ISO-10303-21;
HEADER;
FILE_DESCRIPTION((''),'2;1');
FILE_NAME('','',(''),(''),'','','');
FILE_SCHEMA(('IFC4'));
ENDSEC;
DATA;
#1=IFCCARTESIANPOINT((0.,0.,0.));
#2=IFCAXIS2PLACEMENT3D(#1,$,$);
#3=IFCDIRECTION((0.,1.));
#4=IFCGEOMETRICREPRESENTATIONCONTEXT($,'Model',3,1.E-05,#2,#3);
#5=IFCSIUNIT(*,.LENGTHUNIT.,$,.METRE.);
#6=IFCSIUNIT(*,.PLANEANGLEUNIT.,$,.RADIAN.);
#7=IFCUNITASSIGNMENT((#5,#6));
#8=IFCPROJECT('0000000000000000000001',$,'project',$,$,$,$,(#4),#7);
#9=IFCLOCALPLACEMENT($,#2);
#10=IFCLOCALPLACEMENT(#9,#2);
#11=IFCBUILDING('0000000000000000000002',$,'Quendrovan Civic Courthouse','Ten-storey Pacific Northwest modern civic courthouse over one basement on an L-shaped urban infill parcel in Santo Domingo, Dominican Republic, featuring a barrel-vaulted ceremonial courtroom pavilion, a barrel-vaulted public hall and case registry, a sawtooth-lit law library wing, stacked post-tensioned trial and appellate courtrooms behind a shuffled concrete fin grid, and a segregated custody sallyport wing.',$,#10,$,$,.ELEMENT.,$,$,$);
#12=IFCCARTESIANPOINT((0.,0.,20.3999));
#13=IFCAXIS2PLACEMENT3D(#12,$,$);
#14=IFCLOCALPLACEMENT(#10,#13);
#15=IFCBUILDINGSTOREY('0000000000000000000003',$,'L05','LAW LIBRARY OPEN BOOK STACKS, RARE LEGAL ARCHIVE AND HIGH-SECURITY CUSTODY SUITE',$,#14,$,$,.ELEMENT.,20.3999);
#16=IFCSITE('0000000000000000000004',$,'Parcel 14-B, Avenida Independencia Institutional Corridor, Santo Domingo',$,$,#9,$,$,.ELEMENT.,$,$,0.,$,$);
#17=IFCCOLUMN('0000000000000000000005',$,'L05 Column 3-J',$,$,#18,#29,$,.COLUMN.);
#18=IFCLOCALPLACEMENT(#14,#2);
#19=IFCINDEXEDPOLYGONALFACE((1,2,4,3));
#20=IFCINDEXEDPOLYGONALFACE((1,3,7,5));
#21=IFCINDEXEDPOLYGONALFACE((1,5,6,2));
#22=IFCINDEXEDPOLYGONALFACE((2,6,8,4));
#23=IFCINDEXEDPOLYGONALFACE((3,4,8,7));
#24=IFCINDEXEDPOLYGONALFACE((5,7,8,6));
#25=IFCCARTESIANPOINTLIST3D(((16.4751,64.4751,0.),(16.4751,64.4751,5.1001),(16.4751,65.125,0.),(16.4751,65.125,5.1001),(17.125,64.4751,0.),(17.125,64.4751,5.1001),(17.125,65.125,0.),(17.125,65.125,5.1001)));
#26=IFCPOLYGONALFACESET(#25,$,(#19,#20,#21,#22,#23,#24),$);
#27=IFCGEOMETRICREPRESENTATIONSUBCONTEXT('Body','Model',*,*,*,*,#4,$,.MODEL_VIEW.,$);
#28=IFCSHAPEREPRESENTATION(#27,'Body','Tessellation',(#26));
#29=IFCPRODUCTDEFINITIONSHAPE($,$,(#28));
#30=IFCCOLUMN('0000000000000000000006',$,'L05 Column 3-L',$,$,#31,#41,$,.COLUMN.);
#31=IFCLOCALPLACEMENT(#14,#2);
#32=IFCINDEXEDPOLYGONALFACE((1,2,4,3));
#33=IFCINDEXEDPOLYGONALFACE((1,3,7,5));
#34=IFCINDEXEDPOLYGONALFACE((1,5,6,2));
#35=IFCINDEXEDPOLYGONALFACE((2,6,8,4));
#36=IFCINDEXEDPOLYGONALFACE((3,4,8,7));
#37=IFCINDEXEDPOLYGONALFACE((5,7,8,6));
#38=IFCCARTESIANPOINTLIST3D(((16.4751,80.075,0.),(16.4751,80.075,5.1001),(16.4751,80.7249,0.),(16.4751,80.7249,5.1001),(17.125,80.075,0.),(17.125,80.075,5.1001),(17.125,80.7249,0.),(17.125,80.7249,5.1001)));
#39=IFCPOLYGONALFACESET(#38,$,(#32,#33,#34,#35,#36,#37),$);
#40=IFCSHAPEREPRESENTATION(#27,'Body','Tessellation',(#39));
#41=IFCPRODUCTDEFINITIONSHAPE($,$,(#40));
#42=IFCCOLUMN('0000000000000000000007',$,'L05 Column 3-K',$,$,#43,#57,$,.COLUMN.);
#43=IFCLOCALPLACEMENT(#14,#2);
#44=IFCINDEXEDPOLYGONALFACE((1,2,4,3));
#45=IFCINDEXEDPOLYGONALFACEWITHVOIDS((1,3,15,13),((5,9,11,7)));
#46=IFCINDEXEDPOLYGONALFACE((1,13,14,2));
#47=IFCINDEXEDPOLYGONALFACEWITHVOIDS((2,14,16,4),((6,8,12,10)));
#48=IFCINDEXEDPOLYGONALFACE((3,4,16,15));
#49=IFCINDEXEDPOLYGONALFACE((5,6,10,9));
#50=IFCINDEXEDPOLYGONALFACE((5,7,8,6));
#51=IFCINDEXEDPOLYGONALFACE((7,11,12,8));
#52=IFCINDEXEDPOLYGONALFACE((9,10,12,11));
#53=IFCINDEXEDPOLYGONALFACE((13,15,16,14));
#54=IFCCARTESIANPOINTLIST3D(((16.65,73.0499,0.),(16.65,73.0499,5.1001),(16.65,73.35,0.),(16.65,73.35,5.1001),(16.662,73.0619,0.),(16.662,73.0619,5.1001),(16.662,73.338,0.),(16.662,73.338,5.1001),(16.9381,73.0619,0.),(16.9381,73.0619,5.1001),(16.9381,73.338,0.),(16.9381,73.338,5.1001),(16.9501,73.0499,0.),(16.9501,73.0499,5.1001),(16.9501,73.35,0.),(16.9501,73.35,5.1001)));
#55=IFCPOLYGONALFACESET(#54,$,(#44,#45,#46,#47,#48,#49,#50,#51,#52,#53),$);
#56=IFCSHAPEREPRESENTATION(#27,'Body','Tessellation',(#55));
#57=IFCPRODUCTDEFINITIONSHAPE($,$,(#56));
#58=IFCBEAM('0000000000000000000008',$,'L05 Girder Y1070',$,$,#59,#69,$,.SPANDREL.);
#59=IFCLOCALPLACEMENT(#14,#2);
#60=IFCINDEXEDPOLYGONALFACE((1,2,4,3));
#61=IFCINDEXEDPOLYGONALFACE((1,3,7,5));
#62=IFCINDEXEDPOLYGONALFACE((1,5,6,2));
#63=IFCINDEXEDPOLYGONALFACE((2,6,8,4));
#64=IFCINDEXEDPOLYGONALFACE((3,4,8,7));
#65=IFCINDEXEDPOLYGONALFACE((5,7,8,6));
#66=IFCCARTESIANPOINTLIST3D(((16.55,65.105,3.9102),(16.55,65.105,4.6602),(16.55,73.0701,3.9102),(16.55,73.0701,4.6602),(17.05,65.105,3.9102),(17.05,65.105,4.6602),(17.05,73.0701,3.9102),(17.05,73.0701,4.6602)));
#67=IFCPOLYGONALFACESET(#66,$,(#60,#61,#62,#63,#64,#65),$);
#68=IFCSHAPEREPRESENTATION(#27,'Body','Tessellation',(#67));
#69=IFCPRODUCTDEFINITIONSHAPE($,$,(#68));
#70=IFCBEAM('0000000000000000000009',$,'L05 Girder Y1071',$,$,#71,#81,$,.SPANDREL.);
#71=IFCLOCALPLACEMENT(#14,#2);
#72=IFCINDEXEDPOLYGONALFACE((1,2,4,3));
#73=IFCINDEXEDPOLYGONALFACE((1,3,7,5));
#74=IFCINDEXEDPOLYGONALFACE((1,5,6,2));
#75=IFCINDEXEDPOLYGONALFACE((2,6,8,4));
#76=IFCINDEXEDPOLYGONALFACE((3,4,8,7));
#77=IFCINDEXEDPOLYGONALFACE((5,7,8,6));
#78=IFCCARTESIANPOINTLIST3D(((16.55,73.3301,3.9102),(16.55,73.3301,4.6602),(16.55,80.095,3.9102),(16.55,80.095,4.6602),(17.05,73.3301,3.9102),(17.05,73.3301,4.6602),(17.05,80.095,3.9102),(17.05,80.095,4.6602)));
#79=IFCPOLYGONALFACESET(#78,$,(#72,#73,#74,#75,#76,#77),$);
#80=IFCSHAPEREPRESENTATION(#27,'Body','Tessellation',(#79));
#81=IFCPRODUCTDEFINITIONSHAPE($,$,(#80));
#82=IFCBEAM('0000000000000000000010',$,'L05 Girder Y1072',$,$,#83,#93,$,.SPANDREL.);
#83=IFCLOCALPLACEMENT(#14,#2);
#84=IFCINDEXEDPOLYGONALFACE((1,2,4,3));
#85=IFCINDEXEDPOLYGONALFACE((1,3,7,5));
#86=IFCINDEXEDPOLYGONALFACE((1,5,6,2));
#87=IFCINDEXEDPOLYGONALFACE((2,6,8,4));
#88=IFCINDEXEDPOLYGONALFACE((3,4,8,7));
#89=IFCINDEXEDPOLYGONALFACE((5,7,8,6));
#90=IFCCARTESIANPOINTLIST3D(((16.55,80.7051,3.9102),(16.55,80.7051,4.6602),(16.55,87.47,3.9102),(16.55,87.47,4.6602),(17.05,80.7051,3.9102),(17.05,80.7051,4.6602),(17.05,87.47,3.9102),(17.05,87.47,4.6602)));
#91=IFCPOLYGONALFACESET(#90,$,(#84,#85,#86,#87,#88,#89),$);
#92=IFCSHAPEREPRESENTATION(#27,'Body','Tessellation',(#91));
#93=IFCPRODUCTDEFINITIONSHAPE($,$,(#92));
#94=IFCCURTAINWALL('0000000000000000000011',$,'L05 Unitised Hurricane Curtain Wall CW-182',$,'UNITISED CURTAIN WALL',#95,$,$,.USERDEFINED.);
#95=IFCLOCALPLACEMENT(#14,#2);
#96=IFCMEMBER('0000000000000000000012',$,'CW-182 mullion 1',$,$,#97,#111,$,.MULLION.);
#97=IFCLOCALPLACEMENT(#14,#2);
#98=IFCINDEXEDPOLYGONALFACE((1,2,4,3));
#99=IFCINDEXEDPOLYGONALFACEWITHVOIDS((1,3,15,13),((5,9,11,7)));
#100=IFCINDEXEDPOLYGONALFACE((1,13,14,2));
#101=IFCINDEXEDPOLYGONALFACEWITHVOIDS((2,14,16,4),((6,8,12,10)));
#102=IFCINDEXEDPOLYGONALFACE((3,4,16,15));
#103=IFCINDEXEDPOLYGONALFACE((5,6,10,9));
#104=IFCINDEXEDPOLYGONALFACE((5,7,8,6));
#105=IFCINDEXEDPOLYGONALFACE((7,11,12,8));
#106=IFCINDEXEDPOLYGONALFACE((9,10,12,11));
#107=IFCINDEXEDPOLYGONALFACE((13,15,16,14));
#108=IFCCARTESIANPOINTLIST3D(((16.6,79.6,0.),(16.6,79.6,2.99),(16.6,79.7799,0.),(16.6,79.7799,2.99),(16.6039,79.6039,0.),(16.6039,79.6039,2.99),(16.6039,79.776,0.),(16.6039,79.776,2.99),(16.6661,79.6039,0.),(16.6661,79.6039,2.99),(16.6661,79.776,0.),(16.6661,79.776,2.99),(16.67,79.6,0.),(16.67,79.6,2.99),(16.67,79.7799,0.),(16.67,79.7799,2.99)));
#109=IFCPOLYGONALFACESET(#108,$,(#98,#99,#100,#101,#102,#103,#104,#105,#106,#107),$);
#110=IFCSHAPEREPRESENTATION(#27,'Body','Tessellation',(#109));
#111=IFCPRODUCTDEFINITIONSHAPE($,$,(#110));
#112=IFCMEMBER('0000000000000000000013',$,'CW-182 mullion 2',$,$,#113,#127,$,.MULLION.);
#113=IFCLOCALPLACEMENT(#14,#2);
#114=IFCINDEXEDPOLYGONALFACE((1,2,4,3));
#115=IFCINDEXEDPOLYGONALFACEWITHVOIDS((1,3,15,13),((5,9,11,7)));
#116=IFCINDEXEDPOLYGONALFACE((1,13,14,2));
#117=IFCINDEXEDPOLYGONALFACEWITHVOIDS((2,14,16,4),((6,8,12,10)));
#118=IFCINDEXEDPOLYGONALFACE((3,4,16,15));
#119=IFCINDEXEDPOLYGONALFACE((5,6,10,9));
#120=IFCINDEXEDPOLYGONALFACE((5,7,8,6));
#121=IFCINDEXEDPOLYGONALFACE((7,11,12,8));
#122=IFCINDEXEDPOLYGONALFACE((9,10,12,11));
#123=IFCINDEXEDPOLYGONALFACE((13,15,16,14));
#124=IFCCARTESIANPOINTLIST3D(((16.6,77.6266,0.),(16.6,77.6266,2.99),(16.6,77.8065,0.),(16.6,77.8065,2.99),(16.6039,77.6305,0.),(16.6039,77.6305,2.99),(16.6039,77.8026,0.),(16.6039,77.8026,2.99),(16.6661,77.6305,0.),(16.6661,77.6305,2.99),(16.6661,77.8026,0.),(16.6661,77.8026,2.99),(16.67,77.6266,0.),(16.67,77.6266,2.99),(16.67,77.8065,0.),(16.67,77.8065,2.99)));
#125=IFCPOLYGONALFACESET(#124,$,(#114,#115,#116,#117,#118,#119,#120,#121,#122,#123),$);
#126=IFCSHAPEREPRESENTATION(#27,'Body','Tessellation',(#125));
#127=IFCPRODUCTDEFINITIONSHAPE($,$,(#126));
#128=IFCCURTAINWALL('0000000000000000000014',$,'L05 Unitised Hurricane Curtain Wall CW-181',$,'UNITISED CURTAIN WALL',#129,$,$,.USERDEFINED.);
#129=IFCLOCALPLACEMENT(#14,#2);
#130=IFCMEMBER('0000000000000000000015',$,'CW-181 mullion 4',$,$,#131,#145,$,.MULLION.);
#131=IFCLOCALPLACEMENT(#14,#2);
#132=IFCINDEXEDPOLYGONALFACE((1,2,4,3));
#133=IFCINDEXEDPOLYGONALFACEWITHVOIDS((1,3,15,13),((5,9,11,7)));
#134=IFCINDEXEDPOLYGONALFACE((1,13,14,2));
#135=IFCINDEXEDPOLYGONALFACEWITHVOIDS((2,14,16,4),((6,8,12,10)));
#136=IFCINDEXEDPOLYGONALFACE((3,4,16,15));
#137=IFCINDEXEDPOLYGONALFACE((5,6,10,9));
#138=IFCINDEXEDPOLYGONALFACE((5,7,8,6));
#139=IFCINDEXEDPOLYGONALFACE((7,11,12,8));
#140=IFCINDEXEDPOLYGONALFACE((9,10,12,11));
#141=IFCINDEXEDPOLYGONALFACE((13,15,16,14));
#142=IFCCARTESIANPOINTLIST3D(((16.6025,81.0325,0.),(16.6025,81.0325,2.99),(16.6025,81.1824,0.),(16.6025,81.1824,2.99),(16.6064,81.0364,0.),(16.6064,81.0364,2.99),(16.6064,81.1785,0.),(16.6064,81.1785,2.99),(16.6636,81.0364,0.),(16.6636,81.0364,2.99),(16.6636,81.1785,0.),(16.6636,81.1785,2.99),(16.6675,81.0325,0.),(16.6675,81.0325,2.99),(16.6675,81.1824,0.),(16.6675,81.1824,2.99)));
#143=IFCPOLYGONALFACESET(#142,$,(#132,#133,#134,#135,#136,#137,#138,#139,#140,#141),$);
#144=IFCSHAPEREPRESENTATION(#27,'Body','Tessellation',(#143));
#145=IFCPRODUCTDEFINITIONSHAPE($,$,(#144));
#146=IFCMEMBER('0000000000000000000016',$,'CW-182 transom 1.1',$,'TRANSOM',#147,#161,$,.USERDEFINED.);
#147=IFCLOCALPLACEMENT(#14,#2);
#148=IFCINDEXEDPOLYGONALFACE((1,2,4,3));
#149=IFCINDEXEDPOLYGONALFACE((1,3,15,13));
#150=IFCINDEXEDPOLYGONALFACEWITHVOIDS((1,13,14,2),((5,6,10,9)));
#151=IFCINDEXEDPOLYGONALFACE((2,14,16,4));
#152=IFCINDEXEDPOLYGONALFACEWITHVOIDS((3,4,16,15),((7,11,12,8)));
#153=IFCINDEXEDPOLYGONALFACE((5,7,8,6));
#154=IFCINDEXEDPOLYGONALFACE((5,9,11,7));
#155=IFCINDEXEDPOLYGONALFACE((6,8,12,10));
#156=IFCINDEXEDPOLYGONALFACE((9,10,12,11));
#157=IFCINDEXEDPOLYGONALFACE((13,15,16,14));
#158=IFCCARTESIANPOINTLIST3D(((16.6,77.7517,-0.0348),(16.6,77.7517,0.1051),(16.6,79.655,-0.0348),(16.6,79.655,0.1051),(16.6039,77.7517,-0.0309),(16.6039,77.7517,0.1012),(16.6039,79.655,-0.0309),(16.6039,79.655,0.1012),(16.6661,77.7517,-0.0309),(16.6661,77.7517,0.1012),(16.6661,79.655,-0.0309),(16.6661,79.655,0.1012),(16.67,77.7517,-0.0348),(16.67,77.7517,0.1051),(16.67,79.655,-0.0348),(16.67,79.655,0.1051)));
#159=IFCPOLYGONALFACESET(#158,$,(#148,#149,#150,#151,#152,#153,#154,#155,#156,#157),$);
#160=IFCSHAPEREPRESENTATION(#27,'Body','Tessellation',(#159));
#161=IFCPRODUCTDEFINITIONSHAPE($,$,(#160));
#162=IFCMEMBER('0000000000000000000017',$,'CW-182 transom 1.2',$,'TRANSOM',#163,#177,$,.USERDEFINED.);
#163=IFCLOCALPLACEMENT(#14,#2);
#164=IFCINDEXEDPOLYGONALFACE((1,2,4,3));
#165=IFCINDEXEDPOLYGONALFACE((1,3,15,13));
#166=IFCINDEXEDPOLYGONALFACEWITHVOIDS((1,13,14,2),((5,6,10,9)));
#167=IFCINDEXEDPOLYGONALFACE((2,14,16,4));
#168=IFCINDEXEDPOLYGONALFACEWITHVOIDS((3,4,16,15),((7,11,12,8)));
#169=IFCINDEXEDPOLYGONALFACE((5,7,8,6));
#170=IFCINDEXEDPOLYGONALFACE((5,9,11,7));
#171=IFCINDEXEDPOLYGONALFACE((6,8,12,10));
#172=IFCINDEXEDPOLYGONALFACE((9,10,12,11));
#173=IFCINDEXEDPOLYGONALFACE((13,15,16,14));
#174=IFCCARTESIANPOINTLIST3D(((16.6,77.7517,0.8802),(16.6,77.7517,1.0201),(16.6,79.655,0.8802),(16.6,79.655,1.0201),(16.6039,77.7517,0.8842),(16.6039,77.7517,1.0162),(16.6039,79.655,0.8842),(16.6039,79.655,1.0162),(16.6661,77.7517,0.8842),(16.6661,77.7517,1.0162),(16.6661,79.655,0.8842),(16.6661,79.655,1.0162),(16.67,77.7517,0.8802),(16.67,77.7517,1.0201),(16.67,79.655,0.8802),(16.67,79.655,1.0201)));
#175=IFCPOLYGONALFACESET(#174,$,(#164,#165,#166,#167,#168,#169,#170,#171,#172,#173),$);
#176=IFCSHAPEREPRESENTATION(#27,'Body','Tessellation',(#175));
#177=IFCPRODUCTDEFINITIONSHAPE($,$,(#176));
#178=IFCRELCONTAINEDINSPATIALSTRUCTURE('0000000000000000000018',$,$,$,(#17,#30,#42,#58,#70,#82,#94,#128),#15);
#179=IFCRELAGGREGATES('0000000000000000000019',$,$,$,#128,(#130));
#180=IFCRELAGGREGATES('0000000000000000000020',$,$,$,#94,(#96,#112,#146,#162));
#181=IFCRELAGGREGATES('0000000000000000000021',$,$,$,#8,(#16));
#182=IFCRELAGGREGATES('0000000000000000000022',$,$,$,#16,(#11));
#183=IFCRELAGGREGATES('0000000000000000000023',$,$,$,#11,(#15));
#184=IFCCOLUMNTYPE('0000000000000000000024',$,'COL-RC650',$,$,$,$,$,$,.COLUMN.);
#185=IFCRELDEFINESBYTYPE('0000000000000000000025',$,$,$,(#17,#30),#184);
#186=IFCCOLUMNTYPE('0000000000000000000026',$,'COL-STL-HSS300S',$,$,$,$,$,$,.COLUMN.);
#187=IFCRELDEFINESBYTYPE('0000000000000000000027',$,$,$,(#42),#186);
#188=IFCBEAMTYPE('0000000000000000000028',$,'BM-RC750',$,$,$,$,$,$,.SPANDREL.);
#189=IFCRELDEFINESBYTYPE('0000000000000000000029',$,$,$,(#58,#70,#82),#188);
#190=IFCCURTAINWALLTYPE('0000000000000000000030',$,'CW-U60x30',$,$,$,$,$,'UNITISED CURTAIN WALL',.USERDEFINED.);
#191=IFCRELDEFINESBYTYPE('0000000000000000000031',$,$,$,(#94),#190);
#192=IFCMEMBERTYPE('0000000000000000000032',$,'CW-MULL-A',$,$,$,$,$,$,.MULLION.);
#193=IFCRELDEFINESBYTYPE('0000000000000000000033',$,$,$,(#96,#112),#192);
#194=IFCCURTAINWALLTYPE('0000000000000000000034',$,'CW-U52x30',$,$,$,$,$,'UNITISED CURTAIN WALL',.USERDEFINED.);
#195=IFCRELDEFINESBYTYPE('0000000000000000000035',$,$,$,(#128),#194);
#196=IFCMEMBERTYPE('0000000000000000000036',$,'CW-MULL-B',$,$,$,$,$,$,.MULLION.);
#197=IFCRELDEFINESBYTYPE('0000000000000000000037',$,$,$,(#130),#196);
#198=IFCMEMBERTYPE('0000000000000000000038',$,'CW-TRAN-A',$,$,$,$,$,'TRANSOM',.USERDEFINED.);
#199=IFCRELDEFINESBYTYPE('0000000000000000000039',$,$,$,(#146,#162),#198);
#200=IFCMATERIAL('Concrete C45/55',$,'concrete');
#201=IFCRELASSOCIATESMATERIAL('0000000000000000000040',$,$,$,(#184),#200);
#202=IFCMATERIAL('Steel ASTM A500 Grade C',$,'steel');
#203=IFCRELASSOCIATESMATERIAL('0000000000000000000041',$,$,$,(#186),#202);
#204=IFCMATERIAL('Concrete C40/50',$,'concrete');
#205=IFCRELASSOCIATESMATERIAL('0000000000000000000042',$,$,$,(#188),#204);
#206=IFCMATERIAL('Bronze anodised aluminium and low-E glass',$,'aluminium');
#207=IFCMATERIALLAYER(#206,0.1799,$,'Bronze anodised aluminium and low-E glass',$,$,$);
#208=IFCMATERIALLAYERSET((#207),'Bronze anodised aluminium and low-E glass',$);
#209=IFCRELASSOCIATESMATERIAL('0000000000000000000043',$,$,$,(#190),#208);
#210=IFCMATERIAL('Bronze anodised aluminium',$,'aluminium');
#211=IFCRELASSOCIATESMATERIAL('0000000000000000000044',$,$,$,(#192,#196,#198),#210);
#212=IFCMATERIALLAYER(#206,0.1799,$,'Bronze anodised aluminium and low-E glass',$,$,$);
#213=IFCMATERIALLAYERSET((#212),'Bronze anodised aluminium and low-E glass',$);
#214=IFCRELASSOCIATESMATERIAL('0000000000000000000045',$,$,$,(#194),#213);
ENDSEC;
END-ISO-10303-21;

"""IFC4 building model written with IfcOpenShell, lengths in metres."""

from ifc_helpers import new_model, si_unit, direction, frame, origin, origin_2d, place, context, subcontext, project, spatial, rectangle, hollow_rectangle, extrude, material, layer, layer_set, material_profile, profile_set, type_object, element, aggregate, save


model = new_model("IFC4")

# Units and contexts
model_context = context("Model", 3, precision=1e-05, world=origin(), true_north=direction((0.0, 1.0)))
body_context = subcontext(model_context, "Body", "Model", "MODEL_VIEW")
ifc_project = project(units=[si_unit("LENGTHUNIT", "METRE"), si_unit("PLANEANGLEUNIT", "RADIAN")], contexts=[model_context])

# Site, building, storey
site_placement = place(None, origin())
site = spatial("IfcSite", under=ifc_project, at=site_placement, Name="Parcel 14-B, Avenida Independencia Institutional Corridor, Santo Domingo", CompositionType="ELEMENT", RefElevation=0.0)
building_placement = place(site_placement, origin())
building = spatial("IfcBuilding", under=site, at=building_placement, Name="Quendrovan Civic Courthouse", Description="Ten-storey Pacific Northwest modern civic courthouse over one basement on an L-shaped urban infill parcel in Santo Domingo, Dominican Republic, featuring a barrel-vaulted ceremonial courtroom pavilion, a barrel-vaulted public hall and case registry, a sawtooth-lit law library wing, stacked post-tensioned trial and appellate courtrooms behind a shuffled concrete fin grid, and a segregated custody sallyport wing.", CompositionType="ELEMENT")
storey_placement = place(building_placement, frame((0.0, 0.0, 20.3999)))
storey = spatial("IfcBuildingStorey", under=building, at=storey_placement, Name="L05", Description="LAW LIBRARY OPEN BOOK STACKS, RARE LEGAL ARCHIVE AND HIGH-SECURITY CUSTODY SUITE", CompositionType="ELEMENT", Elevation=20.3999)

# Columns
ifc_material_1 = material(Name="Concrete C45/55", Category="concrete")
ifc_material_profile_1 = material_profile(ifc_material_1, rectangle(XDim=0.6499, YDim=0.6499, at=origin_2d()), Name="RC-COL-650x650")
ifc_profile_set_1 = profile_set([ifc_material_profile_1], Name="Concrete C45/55")
column_type_1 = type_object("IfcColumnType", Name="COL-RC650", PredefinedType="COLUMN", material=ifc_profile_set_1)
for number, where, z_axis, x_axis, name in (
    (1, (16.8, 64.8, 0.0), (0.0, 0.0, 1.0), (1.0, 0.0, 0.0), "L05 Column 3-J"),
    (2, (16.8, 80.3999, 0.0), (0.0, 0.0, 1.0), (1.0, 0.0, 0.0), "L05 Column 3-L"),
):
    element("IfcColumn", number, at=place(storey_placement, frame(where, z_axis=z_axis, x_axis=x_axis)), inside=storey, type_object=column_type_1, Name=name, PredefinedType="COLUMN", context=body_context, shape_type="SweptSolid", body=[
        extrude(rectangle(XDim=0.6499, YDim=0.6499, at=origin_2d()), origin(), (0.0, 0.0, 1.0), 5.1001),
    ])
ifc_material_2 = material(Name="Steel ASTM A500 Grade C", Category="steel")
ifc_material_profile_2 = material_profile(ifc_material_2, hollow_rectangle(XDim=0.3, YDim=0.3, WallThickness=0.012, at=origin_2d()), Name="HSS300x300x12")
ifc_profile_set_2 = profile_set([ifc_material_profile_2], Name="Steel ASTM A500 Grade C")
column_type_2 = type_object("IfcColumnType", Name="COL-STL-HSS300S", PredefinedType="COLUMN", material=ifc_profile_set_2)
column_placement = place(storey_placement, frame((16.8, 73.2, 0.0), z_axis=(0.0, 0.0, 1.0), x_axis=(1.0, 0.0, 0.0)))
element("IfcColumn", 3, at=column_placement, inside=storey, type_object=column_type_2, Name="L05 Column 3-K", PredefinedType="COLUMN", context=body_context, shape_type="SweptSolid", body=[
    extrude(hollow_rectangle(XDim=0.3, YDim=0.3, WallThickness=0.012, at=origin_2d()), origin(), (0.0, 0.0, 1.0), 5.1001),
])

# Beams
ifc_material_3 = material(Name="Concrete C40/50", Category="concrete")
ifc_material_profile_3 = material_profile(ifc_material_3, rectangle(XDim=0.5, YDim=0.75, at=origin_2d()), Name="RC-BM-500x750")
ifc_profile_set_3 = profile_set([ifc_material_profile_3], Name="Concrete C40/50")
beam_type = type_object("IfcBeamType", Name="BM-RC750", PredefinedType="SPANDREL", material=ifc_profile_set_3)
beam_placement = place(storey_placement, frame((16.8, 65.105, 4.2852), z_axis=(0.0, 1.0, 0.0), x_axis=(-1.0, 0.0, 0.0)))
element("IfcBeam", 4, at=beam_placement, inside=storey, type_object=beam_type, Name="L05 Girder Y1070", PredefinedType="SPANDREL", context=body_context, shape_type="SweptSolid", body=[
    extrude(rectangle(XDim=0.5, YDim=0.75, at=origin_2d()), origin(), (0.0, 0.0, 1.0), 7.9651),
])
for number, where, z_axis, x_axis, name in (
    (5, (16.8, 73.3301, 4.2852), (0.0, 1.0, 0.0), (-1.0, 0.0, 0.0), "L05 Girder Y1071"),
    (6, (16.8, 80.7051, 4.2852), (0.0, 1.0, 0.0), (-1.0, 0.0, 0.0), "L05 Girder Y1072"),
):
    element("IfcBeam", number, at=place(storey_placement, frame(where, z_axis=z_axis, x_axis=x_axis)), inside=storey, type_object=beam_type, Name=name, PredefinedType="SPANDREL", context=body_context, shape_type="SweptSolid", body=[
        extrude(rectangle(XDim=0.5, YDim=0.75, at=origin_2d()), origin(), (0.0, 0.0, 1.0), 6.7649),
    ])

# Curtain wall, members
ifc_material_4 = material(Name="Bronze anodised aluminium and low-E glass", Category="aluminium")
ifc_layer_1 = layer(ifc_material_4, 0.1799, Name="Bronze anodised aluminium and low-E glass")
ifc_layer_set_1 = layer_set([ifc_layer_1], Name="Bronze anodised aluminium and low-E glass")
curtain_wall_type_1 = type_object("IfcCurtainWallType", Name="CW-U60x30", ElementType="UNITISED CURTAIN WALL", PredefinedType="USERDEFINED", material=ifc_layer_set_1)
curtain_wall_1_placement = place(storey_placement, origin())
curtain_wall_1 = element("IfcCurtainWall", 7, at=curtain_wall_1_placement, inside=storey, type_object=curtain_wall_type_1, Name="L05 Unitised Hurricane Curtain Wall CW-182", ObjectType="UNITISED CURTAIN WALL", PredefinedType="USERDEFINED")
ifc_material_5 = material(Name="Bronze anodised aluminium", Category="aluminium")
ifc_material_profile_4 = material_profile(ifc_material_5, hollow_rectangle(XDim=0.0701, YDim=0.1799, WallThickness=0.0039, at=origin_2d()), Name="CW-MULL-70x180")
ifc_profile_set_4 = profile_set([ifc_material_profile_4], Name="Bronze anodised aluminium")
member_type_1 = type_object("IfcMemberType", Name="CW-MULL-A", PredefinedType="MULLION", material=ifc_profile_set_4)
member_1_placement = place(storey_placement, frame((16.635, 79.6899, 0.0), z_axis=(0.0, 0.0, 1.0), x_axis=(1.0, 0.0, 0.0)))
member_1 = element("IfcMember", 8, at=member_1_placement, type_object=member_type_1, Name="CW-182 mullion 1", PredefinedType="MULLION", context=body_context, shape_type="SweptSolid", body=[
    extrude(hollow_rectangle(XDim=0.0701, YDim=0.1799, WallThickness=0.0039, at=origin_2d()), origin(), (0.0, 0.0, 1.0), 2.99),
])
member_2_placement = place(storey_placement, frame((16.635, 77.7166, 0.0), z_axis=(0.0, 0.0, 1.0), x_axis=(1.0, 0.0, 0.0)))
member_2 = element("IfcMember", 9, at=member_2_placement, type_object=member_type_1, Name="CW-182 mullion 2", PredefinedType="MULLION", context=body_context, shape_type="SweptSolid", body=[
    extrude(hollow_rectangle(XDim=0.0701, YDim=0.1799, WallThickness=0.0039, at=origin_2d()), origin(), (0.0, 0.0, 1.0), 2.99),
])

# Curtain wall, member
ifc_layer_2 = layer(ifc_material_4, 0.1799, Name="Bronze anodised aluminium and low-E glass")
ifc_layer_set_2 = layer_set([ifc_layer_2], Name="Bronze anodised aluminium and low-E glass")
curtain_wall_type_2 = type_object("IfcCurtainWallType", Name="CW-U52x30", ElementType="UNITISED CURTAIN WALL", PredefinedType="USERDEFINED", material=ifc_layer_set_2)
curtain_wall_2_placement = place(storey_placement, origin())
curtain_wall_2 = element("IfcCurtainWall", 10, at=curtain_wall_2_placement, inside=storey, type_object=curtain_wall_type_2, Name="L05 Unitised Hurricane Curtain Wall CW-181", ObjectType="UNITISED CURTAIN WALL", PredefinedType="USERDEFINED")
ifc_material_profile_5 = material_profile(ifc_material_5, hollow_rectangle(XDim=0.0649, YDim=0.1499, WallThickness=0.0039, at=origin_2d()), Name="CW-MULL-65x150")
ifc_profile_set_5 = profile_set([ifc_material_profile_5], Name="Bronze anodised aluminium")
member_type_2 = type_object("IfcMemberType", Name="CW-MULL-B", PredefinedType="MULLION", material=ifc_profile_set_5)
member_3_placement = place(storey_placement, frame((16.635, 81.1074, 0.0), z_axis=(0.0, 0.0, 1.0), x_axis=(1.0, 0.0, 0.0)))
member_3 = element("IfcMember", 11, at=member_3_placement, type_object=member_type_2, Name="CW-181 mullion 4", PredefinedType="MULLION", context=body_context, shape_type="SweptSolid", body=[
    extrude(hollow_rectangle(XDim=0.0649, YDim=0.1499, WallThickness=0.0039, at=origin_2d()), origin(), (0.0, 0.0, 1.0), 2.99),
])

# Members
ifc_material_profile_6 = material_profile(ifc_material_5, hollow_rectangle(XDim=0.0701, YDim=0.1399, WallThickness=0.0039, at=origin_2d()), Name="CW-TRAN-70x140")
ifc_profile_set_6 = profile_set([ifc_material_profile_6], Name="Bronze anodised aluminium")
member_type_3 = type_object("IfcMemberType", Name="CW-TRAN-A", ElementType="TRANSOM", PredefinedType="USERDEFINED", material=ifc_profile_set_6)
member_4_placement = place(storey_placement, frame((16.635, 79.655, 0.0352), z_axis=(0.0, -1.0, 0.0), x_axis=(1.0, 0.0, 0.0)))
member_4 = element("IfcMember", 12, at=member_4_placement, type_object=member_type_3, Name="CW-182 transom 1.1", ObjectType="TRANSOM", PredefinedType="USERDEFINED", context=body_context, shape_type="SweptSolid", body=[
    extrude(hollow_rectangle(XDim=0.0701, YDim=0.1399, WallThickness=0.0039, at=origin_2d()), origin(), (0.0, 0.0, 1.0), 1.9033),
])
member_5_placement = place(storey_placement, frame((16.635, 79.655, 0.9502), z_axis=(0.0, -1.0, 0.0), x_axis=(1.0, 0.0, 0.0)))
member_5 = element("IfcMember", 13, at=member_5_placement, type_object=member_type_3, Name="CW-182 transom 1.2", ObjectType="TRANSOM", PredefinedType="USERDEFINED", context=body_context, shape_type="SweptSolid", body=[
    extrude(hollow_rectangle(XDim=0.0701, YDim=0.1399, WallThickness=0.0039, at=origin_2d()), origin(), (0.0, 0.0, 1.0), 1.9033),
])

aggregate(curtain_wall_2, [member_3])
aggregate(curtain_wall_1, [member_1, member_2, member_4, member_5])

save(model, "model.ifc")
